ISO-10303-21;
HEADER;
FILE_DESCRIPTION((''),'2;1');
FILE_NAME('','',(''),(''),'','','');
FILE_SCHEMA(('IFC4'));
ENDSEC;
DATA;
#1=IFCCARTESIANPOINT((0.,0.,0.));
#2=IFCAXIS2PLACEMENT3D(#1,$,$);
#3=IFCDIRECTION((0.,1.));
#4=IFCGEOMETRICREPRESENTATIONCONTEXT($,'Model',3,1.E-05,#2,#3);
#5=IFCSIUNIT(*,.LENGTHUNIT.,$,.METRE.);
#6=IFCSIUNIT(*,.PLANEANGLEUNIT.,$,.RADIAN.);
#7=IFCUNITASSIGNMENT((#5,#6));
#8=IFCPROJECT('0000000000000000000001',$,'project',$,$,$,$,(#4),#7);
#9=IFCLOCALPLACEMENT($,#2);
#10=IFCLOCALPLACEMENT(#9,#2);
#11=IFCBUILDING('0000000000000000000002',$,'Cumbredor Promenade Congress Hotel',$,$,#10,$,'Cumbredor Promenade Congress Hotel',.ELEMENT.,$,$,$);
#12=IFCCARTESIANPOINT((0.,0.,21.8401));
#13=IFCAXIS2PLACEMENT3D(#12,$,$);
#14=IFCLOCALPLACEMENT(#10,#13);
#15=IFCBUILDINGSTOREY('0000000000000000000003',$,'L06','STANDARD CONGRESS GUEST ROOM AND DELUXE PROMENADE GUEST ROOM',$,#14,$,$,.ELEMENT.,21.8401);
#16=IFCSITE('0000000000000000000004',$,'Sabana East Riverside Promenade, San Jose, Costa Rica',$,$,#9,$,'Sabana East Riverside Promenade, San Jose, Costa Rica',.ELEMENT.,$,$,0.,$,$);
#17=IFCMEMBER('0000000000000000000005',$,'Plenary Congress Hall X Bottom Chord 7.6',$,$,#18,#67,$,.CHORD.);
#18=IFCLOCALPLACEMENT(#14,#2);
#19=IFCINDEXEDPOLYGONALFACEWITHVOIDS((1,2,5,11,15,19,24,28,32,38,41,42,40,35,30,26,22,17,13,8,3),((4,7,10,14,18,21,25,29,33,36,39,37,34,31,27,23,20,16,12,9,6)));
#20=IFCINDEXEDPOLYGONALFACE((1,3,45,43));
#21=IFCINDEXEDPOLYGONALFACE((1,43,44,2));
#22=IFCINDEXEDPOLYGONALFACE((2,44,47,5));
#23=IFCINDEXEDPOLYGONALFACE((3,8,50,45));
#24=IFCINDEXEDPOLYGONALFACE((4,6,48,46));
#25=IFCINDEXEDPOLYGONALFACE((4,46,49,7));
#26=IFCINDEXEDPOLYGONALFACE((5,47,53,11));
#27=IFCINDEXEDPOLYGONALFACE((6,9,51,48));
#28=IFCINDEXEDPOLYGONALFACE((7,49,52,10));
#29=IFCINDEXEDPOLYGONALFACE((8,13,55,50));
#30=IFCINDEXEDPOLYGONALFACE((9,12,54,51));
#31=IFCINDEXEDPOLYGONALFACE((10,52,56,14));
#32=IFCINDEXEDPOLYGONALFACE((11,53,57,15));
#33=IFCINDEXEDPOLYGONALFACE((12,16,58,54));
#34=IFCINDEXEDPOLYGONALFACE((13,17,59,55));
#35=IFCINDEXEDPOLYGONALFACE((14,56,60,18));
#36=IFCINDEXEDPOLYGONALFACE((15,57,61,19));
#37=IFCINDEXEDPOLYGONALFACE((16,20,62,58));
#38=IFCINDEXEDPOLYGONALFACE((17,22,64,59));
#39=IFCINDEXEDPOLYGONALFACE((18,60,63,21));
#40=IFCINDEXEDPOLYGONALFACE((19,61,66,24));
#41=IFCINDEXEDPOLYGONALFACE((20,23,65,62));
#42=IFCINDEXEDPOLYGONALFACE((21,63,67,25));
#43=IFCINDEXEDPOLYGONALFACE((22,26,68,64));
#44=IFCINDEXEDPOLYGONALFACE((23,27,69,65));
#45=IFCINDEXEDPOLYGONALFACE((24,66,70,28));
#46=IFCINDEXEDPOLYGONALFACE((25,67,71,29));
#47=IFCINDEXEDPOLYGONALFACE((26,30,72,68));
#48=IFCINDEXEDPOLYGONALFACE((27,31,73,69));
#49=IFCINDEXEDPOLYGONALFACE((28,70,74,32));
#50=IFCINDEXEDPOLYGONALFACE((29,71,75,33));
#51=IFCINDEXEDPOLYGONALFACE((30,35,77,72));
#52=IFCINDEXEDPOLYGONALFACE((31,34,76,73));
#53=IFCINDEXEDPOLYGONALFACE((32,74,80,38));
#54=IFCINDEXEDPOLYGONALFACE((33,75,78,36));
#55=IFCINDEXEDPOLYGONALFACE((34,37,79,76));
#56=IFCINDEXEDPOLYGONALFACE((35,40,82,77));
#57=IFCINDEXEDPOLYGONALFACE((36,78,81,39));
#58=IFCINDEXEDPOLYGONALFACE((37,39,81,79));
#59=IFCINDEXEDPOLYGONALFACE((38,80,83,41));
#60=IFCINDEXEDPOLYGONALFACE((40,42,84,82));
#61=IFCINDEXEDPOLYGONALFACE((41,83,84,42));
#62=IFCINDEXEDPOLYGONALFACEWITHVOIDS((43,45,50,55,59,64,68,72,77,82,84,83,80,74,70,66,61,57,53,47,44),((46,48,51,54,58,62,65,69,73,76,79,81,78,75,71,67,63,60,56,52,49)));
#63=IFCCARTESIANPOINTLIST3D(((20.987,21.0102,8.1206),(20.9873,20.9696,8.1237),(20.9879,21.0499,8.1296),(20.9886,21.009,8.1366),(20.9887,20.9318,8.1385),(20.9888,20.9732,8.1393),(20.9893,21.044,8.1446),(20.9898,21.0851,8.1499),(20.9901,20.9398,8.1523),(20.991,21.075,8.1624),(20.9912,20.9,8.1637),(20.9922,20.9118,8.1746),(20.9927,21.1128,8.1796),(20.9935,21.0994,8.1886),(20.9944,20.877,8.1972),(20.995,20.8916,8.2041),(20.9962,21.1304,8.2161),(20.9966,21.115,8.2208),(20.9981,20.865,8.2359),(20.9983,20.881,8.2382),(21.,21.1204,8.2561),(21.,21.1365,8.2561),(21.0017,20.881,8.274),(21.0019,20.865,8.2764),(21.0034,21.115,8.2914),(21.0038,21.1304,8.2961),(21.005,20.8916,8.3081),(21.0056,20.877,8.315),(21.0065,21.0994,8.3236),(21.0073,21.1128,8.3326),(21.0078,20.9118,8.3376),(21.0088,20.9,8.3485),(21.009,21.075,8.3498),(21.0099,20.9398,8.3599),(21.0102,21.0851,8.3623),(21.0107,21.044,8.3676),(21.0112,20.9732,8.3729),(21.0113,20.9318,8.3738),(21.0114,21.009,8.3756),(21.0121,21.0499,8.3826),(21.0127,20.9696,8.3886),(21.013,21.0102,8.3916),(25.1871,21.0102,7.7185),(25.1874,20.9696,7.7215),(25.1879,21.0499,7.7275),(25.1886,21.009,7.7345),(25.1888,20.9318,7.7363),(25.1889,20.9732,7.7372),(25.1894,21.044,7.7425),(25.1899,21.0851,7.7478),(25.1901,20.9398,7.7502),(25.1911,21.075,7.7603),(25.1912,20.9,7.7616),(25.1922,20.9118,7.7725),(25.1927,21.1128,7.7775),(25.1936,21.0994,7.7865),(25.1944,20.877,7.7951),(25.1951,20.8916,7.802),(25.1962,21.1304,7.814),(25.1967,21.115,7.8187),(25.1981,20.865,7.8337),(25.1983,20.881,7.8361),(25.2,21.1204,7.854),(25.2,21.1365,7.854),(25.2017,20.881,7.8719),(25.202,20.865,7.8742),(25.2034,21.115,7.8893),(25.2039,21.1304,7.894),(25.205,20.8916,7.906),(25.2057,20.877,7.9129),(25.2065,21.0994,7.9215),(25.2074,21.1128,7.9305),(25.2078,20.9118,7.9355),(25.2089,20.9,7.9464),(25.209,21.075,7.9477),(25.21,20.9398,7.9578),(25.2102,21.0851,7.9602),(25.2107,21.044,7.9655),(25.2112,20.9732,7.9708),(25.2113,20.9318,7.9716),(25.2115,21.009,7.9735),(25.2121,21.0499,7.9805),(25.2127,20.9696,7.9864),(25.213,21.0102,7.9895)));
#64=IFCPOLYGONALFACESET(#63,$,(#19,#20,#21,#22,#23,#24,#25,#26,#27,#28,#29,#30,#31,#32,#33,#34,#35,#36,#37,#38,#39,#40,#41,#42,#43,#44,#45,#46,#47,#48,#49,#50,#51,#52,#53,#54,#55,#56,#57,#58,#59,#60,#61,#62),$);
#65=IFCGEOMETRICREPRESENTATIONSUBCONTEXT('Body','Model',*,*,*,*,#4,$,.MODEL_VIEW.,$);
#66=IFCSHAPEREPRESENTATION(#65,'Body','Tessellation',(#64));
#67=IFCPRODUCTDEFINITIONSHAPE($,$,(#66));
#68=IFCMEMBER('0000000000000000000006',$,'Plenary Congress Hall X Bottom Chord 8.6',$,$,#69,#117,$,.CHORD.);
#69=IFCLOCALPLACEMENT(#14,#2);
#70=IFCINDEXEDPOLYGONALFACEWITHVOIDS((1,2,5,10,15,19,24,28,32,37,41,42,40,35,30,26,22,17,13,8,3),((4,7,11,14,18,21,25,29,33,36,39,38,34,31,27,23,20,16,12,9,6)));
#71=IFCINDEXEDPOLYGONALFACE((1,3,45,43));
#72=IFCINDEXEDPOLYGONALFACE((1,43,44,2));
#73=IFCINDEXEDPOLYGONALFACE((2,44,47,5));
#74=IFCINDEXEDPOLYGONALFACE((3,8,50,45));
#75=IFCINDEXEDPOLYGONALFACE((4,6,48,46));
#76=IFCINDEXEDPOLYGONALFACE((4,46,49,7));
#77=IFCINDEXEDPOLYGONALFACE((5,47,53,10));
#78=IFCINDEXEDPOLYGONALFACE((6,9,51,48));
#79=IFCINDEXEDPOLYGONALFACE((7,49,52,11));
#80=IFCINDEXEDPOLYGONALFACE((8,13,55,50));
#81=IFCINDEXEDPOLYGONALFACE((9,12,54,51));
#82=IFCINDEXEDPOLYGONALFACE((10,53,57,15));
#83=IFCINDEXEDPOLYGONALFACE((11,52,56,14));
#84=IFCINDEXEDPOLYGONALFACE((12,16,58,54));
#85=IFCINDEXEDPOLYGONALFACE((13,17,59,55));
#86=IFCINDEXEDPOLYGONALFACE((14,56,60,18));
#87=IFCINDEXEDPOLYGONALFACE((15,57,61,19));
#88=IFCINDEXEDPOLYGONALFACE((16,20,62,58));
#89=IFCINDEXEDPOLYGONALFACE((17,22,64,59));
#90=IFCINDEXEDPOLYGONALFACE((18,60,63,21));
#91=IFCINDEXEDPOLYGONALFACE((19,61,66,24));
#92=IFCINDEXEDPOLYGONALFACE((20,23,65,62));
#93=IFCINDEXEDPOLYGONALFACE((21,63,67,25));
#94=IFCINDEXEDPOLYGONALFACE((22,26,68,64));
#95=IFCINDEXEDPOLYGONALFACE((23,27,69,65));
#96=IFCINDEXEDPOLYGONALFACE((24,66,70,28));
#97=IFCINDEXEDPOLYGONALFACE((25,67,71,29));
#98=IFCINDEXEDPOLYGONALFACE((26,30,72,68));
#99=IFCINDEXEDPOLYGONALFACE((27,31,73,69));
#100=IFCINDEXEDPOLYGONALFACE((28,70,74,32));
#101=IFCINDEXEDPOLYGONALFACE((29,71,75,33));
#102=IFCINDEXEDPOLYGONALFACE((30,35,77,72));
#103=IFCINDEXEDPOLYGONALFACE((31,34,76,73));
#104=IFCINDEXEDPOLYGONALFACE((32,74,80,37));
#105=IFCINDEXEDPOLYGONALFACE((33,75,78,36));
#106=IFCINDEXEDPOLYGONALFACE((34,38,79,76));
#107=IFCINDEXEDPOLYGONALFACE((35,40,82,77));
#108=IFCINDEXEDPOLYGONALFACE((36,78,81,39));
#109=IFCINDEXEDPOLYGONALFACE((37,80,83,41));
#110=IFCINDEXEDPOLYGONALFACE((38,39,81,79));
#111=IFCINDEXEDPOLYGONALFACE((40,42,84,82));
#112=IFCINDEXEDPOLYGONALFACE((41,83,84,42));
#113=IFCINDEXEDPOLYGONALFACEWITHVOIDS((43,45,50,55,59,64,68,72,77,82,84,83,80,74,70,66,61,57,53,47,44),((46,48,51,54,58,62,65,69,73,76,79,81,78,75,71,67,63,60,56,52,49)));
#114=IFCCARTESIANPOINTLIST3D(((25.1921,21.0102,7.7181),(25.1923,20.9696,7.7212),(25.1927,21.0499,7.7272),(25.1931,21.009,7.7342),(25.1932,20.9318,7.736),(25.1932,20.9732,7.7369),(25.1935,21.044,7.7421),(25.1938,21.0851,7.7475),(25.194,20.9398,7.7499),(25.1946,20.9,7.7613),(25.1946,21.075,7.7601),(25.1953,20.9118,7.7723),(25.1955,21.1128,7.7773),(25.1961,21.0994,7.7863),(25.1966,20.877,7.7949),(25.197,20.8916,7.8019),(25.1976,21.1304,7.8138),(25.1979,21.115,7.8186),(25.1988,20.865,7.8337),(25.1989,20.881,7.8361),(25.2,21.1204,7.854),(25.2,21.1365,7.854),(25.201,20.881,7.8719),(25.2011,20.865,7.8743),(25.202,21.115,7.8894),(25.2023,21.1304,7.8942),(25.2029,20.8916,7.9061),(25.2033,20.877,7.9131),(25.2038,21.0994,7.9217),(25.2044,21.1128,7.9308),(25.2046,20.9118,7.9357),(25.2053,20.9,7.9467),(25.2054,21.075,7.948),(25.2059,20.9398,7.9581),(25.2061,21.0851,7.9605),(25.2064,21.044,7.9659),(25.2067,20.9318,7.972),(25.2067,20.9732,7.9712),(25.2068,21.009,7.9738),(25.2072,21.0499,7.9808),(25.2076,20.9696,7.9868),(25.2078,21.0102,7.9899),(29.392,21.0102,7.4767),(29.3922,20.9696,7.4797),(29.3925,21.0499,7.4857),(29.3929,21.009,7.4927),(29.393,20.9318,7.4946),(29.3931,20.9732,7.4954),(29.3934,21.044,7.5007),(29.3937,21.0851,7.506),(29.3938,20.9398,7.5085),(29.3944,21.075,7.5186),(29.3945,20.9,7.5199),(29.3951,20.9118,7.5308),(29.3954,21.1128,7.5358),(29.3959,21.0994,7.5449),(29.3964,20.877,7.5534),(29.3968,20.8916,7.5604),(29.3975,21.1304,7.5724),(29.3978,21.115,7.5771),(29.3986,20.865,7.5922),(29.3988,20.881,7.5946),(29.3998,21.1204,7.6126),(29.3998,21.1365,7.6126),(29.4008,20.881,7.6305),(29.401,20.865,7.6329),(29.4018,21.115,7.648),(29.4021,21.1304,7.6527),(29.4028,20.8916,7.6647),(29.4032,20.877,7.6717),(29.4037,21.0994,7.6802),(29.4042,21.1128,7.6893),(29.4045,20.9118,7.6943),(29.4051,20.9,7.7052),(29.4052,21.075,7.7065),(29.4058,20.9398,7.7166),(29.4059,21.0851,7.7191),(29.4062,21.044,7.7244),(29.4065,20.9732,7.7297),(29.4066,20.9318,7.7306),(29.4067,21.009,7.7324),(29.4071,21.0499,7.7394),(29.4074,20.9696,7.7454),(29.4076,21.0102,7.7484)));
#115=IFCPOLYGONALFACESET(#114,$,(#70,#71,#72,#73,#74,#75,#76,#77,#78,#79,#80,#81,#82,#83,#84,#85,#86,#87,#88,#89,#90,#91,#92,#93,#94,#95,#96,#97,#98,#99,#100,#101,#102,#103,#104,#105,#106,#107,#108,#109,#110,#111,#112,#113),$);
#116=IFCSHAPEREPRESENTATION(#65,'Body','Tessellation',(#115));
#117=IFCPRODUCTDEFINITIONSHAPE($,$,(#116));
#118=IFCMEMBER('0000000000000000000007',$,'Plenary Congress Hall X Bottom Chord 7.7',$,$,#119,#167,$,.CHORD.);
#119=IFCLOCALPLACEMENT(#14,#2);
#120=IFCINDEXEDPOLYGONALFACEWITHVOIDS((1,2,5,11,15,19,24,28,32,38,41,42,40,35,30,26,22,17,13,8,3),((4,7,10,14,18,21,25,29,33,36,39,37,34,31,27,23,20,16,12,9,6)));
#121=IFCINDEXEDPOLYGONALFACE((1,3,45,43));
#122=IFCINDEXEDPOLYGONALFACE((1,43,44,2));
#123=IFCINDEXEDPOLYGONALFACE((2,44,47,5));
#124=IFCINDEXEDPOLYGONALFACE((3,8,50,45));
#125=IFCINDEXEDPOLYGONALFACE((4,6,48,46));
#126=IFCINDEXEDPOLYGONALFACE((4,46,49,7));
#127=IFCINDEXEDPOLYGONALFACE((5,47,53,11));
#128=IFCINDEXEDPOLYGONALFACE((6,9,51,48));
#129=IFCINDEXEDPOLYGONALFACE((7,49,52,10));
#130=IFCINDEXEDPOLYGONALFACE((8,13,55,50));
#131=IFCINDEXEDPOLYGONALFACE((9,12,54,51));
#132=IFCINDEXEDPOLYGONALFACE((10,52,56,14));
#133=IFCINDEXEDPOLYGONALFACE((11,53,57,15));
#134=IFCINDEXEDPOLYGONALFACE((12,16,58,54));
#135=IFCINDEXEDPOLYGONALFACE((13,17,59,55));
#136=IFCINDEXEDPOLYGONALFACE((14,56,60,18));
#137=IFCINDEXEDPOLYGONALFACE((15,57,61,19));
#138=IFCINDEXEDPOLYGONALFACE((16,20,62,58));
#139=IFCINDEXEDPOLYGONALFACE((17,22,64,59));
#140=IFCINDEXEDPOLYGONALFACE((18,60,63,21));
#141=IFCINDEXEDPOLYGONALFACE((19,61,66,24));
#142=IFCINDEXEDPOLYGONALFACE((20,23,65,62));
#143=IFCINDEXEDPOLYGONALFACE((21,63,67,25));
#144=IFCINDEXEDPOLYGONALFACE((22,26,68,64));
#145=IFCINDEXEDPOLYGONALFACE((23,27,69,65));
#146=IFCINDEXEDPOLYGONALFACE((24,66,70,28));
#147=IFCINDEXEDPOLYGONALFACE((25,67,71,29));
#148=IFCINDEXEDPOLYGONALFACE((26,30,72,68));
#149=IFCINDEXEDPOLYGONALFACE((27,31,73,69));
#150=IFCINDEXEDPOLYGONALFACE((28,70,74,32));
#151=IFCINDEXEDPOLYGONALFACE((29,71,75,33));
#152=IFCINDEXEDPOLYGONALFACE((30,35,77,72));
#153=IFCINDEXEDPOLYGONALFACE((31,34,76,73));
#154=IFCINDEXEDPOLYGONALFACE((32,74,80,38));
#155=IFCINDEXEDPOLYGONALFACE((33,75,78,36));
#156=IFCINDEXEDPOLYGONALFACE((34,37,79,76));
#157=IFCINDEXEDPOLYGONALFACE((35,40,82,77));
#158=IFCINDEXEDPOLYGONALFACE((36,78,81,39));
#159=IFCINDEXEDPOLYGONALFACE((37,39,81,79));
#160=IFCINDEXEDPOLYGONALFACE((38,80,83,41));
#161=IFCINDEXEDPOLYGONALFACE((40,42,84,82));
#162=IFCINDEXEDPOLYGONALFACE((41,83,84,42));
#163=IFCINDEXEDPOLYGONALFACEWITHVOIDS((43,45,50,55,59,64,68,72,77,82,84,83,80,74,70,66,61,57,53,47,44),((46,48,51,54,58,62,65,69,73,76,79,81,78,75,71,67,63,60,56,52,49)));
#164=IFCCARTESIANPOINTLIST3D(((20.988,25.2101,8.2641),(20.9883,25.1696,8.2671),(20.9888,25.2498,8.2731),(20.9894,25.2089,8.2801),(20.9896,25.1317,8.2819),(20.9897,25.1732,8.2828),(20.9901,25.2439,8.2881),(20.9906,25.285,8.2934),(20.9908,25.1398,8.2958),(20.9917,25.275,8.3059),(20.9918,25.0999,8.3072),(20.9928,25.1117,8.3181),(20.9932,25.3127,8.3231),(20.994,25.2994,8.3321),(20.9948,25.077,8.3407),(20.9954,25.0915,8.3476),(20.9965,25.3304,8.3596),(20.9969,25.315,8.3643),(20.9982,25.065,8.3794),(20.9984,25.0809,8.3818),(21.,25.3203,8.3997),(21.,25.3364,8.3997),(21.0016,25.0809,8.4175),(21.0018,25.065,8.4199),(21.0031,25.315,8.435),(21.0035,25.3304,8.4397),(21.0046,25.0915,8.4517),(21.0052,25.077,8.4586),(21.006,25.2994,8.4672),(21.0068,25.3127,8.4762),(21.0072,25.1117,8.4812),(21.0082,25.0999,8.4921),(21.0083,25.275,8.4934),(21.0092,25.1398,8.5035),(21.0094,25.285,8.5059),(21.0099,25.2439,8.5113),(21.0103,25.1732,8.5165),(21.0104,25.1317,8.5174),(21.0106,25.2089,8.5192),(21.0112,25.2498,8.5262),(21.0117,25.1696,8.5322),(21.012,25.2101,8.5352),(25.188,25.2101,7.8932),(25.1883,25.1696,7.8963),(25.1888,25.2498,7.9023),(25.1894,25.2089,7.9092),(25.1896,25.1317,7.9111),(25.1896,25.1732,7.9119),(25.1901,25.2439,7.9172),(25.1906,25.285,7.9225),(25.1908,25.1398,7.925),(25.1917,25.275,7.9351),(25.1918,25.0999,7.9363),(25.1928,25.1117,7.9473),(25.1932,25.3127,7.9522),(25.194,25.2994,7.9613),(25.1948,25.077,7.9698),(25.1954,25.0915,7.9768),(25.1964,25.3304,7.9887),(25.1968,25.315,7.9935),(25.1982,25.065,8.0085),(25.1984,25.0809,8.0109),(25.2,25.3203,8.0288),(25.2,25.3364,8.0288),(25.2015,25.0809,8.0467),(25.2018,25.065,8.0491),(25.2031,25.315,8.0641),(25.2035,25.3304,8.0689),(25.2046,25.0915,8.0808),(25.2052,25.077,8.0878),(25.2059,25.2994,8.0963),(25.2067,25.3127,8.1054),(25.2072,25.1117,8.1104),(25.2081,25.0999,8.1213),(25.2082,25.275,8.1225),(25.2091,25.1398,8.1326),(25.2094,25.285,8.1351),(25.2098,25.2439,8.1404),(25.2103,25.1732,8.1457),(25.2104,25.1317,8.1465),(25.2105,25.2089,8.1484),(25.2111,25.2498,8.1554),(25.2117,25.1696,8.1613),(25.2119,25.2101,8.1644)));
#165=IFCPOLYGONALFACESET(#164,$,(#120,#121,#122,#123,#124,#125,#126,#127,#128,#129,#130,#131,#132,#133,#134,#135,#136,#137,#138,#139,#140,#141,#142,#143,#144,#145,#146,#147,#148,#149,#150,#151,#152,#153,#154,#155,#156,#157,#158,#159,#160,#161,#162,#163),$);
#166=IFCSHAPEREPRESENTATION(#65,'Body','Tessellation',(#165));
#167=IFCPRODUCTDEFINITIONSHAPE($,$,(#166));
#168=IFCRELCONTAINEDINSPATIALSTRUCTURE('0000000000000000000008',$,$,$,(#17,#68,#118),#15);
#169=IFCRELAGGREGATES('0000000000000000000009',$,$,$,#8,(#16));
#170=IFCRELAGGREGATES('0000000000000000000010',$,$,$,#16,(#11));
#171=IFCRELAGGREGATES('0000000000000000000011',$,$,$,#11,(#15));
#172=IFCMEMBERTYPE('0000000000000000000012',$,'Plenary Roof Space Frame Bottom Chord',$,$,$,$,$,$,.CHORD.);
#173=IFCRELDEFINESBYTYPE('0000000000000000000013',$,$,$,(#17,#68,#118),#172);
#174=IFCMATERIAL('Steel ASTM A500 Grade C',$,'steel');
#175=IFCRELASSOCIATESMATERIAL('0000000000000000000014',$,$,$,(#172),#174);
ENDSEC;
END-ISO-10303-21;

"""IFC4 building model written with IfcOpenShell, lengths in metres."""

from ifc_helpers import new_model, si_unit, direction, frame, origin, origin_2d, place, context, subcontext, project, spatial, hollow_circle, extrude, material, material_profile, profile_set, type_object, element, save


model = new_model("IFC4")

# Units and contexts
model_context = context("Model", 3, precision=1e-05, world=origin(), true_north=direction((0.0, 1.0)))
body_context = subcontext(model_context, "Body", "Model", "MODEL_VIEW")
ifc_project = project(units=[si_unit("LENGTHUNIT", "METRE"), si_unit("PLANEANGLEUNIT", "RADIAN")], contexts=[model_context])

# Site, building, storey
site_placement = place(None, origin())
site = spatial("IfcSite", under=ifc_project, at=site_placement, Name="Sabana East Riverside Promenade, San Jose, Costa Rica", LongName="Sabana East Riverside Promenade, San Jose, Costa Rica", CompositionType="ELEMENT", RefElevation=0.0)
building_placement = place(site_placement, origin())
building = spatial("IfcBuilding", under=site, at=building_placement, Name="Cumbredor Promenade Congress Hotel", LongName="Cumbredor Promenade Congress Hotel", CompositionType="ELEMENT")
storey_placement = place(building_placement, frame((0.0, 0.0, 21.8401)))
storey = spatial("IfcBuildingStorey", under=building, at=storey_placement, Name="L06", Description="STANDARD CONGRESS GUEST ROOM AND DELUXE PROMENADE GUEST ROOM", CompositionType="ELEMENT", Elevation=21.8401)

# Members
ifc_material_1 = material(Name="Steel ASTM A500 Grade C", Category="steel")
ifc_material_profile_1 = material_profile(ifc_material_1, hollow_circle(Radius=0.1365, WallThickness=0.0161, at=origin_2d()), Name="CHS 273.0x16")
ifc_profile_set_1 = profile_set([ifc_material_profile_1], Name="Steel ASTM A500 Grade C")
member_type_1 = type_object("IfcMemberType", Name="Plenary Roof Space Frame Bottom Chord", PredefinedType="CHORD", material=ifc_profile_set_1)
member_1_placement = place(storey_placement, frame((21.0, 21.0, 8.2561), z_axis=(0.995448, 0.0, -0.095303), x_axis=(0.0, 1.0, 0.0)))
element("IfcMember", 1, at=member_1_placement, inside=storey, type_object=member_type_1, Name="Plenary Congress Hall X Bottom Chord 7.6", PredefinedType="CHORD", context=body_context, shape_type="SweptSolid", body=[
    extrude(hollow_circle(Radius=0.1365, WallThickness=0.0161, at=origin_2d()), origin(), (0.0, 0.0, 1.0), 4.2192),
])
member_2_placement = place(storey_placement, frame((25.2, 21.0, 7.854), z_axis=(0.998352, 0.0, -0.057395), x_axis=(0.0, 1.0, 0.0)))
element("IfcMember", 2, at=member_2_placement, inside=storey, type_object=member_type_1, Name="Plenary Congress Hall X Bottom Chord 8.6", PredefinedType="CHORD", context=body_context, shape_type="SweptSolid", body=[
    extrude(hollow_circle(Radius=0.1365, WallThickness=0.0161, at=origin_2d()), origin(), (0.0, 0.0, 1.0), 4.2068),
])
member_3_placement = place(storey_placement, frame((21.0, 25.2, 8.3997), z_axis=(0.996124, 0.0, -0.087956), x_axis=(0.0, 1.0, 0.0)))
element("IfcMember", 3, at=member_3_placement, inside=storey, type_object=member_type_1, Name="Plenary Congress Hall X Bottom Chord 7.7", PredefinedType="CHORD", context=body_context, shape_type="SweptSolid", body=[
    extrude(hollow_circle(Radius=0.1365, WallThickness=0.0161, at=origin_2d()), origin(), (0.0, 0.0, 1.0), 4.2163),
])

save(model, "model.ifc")
